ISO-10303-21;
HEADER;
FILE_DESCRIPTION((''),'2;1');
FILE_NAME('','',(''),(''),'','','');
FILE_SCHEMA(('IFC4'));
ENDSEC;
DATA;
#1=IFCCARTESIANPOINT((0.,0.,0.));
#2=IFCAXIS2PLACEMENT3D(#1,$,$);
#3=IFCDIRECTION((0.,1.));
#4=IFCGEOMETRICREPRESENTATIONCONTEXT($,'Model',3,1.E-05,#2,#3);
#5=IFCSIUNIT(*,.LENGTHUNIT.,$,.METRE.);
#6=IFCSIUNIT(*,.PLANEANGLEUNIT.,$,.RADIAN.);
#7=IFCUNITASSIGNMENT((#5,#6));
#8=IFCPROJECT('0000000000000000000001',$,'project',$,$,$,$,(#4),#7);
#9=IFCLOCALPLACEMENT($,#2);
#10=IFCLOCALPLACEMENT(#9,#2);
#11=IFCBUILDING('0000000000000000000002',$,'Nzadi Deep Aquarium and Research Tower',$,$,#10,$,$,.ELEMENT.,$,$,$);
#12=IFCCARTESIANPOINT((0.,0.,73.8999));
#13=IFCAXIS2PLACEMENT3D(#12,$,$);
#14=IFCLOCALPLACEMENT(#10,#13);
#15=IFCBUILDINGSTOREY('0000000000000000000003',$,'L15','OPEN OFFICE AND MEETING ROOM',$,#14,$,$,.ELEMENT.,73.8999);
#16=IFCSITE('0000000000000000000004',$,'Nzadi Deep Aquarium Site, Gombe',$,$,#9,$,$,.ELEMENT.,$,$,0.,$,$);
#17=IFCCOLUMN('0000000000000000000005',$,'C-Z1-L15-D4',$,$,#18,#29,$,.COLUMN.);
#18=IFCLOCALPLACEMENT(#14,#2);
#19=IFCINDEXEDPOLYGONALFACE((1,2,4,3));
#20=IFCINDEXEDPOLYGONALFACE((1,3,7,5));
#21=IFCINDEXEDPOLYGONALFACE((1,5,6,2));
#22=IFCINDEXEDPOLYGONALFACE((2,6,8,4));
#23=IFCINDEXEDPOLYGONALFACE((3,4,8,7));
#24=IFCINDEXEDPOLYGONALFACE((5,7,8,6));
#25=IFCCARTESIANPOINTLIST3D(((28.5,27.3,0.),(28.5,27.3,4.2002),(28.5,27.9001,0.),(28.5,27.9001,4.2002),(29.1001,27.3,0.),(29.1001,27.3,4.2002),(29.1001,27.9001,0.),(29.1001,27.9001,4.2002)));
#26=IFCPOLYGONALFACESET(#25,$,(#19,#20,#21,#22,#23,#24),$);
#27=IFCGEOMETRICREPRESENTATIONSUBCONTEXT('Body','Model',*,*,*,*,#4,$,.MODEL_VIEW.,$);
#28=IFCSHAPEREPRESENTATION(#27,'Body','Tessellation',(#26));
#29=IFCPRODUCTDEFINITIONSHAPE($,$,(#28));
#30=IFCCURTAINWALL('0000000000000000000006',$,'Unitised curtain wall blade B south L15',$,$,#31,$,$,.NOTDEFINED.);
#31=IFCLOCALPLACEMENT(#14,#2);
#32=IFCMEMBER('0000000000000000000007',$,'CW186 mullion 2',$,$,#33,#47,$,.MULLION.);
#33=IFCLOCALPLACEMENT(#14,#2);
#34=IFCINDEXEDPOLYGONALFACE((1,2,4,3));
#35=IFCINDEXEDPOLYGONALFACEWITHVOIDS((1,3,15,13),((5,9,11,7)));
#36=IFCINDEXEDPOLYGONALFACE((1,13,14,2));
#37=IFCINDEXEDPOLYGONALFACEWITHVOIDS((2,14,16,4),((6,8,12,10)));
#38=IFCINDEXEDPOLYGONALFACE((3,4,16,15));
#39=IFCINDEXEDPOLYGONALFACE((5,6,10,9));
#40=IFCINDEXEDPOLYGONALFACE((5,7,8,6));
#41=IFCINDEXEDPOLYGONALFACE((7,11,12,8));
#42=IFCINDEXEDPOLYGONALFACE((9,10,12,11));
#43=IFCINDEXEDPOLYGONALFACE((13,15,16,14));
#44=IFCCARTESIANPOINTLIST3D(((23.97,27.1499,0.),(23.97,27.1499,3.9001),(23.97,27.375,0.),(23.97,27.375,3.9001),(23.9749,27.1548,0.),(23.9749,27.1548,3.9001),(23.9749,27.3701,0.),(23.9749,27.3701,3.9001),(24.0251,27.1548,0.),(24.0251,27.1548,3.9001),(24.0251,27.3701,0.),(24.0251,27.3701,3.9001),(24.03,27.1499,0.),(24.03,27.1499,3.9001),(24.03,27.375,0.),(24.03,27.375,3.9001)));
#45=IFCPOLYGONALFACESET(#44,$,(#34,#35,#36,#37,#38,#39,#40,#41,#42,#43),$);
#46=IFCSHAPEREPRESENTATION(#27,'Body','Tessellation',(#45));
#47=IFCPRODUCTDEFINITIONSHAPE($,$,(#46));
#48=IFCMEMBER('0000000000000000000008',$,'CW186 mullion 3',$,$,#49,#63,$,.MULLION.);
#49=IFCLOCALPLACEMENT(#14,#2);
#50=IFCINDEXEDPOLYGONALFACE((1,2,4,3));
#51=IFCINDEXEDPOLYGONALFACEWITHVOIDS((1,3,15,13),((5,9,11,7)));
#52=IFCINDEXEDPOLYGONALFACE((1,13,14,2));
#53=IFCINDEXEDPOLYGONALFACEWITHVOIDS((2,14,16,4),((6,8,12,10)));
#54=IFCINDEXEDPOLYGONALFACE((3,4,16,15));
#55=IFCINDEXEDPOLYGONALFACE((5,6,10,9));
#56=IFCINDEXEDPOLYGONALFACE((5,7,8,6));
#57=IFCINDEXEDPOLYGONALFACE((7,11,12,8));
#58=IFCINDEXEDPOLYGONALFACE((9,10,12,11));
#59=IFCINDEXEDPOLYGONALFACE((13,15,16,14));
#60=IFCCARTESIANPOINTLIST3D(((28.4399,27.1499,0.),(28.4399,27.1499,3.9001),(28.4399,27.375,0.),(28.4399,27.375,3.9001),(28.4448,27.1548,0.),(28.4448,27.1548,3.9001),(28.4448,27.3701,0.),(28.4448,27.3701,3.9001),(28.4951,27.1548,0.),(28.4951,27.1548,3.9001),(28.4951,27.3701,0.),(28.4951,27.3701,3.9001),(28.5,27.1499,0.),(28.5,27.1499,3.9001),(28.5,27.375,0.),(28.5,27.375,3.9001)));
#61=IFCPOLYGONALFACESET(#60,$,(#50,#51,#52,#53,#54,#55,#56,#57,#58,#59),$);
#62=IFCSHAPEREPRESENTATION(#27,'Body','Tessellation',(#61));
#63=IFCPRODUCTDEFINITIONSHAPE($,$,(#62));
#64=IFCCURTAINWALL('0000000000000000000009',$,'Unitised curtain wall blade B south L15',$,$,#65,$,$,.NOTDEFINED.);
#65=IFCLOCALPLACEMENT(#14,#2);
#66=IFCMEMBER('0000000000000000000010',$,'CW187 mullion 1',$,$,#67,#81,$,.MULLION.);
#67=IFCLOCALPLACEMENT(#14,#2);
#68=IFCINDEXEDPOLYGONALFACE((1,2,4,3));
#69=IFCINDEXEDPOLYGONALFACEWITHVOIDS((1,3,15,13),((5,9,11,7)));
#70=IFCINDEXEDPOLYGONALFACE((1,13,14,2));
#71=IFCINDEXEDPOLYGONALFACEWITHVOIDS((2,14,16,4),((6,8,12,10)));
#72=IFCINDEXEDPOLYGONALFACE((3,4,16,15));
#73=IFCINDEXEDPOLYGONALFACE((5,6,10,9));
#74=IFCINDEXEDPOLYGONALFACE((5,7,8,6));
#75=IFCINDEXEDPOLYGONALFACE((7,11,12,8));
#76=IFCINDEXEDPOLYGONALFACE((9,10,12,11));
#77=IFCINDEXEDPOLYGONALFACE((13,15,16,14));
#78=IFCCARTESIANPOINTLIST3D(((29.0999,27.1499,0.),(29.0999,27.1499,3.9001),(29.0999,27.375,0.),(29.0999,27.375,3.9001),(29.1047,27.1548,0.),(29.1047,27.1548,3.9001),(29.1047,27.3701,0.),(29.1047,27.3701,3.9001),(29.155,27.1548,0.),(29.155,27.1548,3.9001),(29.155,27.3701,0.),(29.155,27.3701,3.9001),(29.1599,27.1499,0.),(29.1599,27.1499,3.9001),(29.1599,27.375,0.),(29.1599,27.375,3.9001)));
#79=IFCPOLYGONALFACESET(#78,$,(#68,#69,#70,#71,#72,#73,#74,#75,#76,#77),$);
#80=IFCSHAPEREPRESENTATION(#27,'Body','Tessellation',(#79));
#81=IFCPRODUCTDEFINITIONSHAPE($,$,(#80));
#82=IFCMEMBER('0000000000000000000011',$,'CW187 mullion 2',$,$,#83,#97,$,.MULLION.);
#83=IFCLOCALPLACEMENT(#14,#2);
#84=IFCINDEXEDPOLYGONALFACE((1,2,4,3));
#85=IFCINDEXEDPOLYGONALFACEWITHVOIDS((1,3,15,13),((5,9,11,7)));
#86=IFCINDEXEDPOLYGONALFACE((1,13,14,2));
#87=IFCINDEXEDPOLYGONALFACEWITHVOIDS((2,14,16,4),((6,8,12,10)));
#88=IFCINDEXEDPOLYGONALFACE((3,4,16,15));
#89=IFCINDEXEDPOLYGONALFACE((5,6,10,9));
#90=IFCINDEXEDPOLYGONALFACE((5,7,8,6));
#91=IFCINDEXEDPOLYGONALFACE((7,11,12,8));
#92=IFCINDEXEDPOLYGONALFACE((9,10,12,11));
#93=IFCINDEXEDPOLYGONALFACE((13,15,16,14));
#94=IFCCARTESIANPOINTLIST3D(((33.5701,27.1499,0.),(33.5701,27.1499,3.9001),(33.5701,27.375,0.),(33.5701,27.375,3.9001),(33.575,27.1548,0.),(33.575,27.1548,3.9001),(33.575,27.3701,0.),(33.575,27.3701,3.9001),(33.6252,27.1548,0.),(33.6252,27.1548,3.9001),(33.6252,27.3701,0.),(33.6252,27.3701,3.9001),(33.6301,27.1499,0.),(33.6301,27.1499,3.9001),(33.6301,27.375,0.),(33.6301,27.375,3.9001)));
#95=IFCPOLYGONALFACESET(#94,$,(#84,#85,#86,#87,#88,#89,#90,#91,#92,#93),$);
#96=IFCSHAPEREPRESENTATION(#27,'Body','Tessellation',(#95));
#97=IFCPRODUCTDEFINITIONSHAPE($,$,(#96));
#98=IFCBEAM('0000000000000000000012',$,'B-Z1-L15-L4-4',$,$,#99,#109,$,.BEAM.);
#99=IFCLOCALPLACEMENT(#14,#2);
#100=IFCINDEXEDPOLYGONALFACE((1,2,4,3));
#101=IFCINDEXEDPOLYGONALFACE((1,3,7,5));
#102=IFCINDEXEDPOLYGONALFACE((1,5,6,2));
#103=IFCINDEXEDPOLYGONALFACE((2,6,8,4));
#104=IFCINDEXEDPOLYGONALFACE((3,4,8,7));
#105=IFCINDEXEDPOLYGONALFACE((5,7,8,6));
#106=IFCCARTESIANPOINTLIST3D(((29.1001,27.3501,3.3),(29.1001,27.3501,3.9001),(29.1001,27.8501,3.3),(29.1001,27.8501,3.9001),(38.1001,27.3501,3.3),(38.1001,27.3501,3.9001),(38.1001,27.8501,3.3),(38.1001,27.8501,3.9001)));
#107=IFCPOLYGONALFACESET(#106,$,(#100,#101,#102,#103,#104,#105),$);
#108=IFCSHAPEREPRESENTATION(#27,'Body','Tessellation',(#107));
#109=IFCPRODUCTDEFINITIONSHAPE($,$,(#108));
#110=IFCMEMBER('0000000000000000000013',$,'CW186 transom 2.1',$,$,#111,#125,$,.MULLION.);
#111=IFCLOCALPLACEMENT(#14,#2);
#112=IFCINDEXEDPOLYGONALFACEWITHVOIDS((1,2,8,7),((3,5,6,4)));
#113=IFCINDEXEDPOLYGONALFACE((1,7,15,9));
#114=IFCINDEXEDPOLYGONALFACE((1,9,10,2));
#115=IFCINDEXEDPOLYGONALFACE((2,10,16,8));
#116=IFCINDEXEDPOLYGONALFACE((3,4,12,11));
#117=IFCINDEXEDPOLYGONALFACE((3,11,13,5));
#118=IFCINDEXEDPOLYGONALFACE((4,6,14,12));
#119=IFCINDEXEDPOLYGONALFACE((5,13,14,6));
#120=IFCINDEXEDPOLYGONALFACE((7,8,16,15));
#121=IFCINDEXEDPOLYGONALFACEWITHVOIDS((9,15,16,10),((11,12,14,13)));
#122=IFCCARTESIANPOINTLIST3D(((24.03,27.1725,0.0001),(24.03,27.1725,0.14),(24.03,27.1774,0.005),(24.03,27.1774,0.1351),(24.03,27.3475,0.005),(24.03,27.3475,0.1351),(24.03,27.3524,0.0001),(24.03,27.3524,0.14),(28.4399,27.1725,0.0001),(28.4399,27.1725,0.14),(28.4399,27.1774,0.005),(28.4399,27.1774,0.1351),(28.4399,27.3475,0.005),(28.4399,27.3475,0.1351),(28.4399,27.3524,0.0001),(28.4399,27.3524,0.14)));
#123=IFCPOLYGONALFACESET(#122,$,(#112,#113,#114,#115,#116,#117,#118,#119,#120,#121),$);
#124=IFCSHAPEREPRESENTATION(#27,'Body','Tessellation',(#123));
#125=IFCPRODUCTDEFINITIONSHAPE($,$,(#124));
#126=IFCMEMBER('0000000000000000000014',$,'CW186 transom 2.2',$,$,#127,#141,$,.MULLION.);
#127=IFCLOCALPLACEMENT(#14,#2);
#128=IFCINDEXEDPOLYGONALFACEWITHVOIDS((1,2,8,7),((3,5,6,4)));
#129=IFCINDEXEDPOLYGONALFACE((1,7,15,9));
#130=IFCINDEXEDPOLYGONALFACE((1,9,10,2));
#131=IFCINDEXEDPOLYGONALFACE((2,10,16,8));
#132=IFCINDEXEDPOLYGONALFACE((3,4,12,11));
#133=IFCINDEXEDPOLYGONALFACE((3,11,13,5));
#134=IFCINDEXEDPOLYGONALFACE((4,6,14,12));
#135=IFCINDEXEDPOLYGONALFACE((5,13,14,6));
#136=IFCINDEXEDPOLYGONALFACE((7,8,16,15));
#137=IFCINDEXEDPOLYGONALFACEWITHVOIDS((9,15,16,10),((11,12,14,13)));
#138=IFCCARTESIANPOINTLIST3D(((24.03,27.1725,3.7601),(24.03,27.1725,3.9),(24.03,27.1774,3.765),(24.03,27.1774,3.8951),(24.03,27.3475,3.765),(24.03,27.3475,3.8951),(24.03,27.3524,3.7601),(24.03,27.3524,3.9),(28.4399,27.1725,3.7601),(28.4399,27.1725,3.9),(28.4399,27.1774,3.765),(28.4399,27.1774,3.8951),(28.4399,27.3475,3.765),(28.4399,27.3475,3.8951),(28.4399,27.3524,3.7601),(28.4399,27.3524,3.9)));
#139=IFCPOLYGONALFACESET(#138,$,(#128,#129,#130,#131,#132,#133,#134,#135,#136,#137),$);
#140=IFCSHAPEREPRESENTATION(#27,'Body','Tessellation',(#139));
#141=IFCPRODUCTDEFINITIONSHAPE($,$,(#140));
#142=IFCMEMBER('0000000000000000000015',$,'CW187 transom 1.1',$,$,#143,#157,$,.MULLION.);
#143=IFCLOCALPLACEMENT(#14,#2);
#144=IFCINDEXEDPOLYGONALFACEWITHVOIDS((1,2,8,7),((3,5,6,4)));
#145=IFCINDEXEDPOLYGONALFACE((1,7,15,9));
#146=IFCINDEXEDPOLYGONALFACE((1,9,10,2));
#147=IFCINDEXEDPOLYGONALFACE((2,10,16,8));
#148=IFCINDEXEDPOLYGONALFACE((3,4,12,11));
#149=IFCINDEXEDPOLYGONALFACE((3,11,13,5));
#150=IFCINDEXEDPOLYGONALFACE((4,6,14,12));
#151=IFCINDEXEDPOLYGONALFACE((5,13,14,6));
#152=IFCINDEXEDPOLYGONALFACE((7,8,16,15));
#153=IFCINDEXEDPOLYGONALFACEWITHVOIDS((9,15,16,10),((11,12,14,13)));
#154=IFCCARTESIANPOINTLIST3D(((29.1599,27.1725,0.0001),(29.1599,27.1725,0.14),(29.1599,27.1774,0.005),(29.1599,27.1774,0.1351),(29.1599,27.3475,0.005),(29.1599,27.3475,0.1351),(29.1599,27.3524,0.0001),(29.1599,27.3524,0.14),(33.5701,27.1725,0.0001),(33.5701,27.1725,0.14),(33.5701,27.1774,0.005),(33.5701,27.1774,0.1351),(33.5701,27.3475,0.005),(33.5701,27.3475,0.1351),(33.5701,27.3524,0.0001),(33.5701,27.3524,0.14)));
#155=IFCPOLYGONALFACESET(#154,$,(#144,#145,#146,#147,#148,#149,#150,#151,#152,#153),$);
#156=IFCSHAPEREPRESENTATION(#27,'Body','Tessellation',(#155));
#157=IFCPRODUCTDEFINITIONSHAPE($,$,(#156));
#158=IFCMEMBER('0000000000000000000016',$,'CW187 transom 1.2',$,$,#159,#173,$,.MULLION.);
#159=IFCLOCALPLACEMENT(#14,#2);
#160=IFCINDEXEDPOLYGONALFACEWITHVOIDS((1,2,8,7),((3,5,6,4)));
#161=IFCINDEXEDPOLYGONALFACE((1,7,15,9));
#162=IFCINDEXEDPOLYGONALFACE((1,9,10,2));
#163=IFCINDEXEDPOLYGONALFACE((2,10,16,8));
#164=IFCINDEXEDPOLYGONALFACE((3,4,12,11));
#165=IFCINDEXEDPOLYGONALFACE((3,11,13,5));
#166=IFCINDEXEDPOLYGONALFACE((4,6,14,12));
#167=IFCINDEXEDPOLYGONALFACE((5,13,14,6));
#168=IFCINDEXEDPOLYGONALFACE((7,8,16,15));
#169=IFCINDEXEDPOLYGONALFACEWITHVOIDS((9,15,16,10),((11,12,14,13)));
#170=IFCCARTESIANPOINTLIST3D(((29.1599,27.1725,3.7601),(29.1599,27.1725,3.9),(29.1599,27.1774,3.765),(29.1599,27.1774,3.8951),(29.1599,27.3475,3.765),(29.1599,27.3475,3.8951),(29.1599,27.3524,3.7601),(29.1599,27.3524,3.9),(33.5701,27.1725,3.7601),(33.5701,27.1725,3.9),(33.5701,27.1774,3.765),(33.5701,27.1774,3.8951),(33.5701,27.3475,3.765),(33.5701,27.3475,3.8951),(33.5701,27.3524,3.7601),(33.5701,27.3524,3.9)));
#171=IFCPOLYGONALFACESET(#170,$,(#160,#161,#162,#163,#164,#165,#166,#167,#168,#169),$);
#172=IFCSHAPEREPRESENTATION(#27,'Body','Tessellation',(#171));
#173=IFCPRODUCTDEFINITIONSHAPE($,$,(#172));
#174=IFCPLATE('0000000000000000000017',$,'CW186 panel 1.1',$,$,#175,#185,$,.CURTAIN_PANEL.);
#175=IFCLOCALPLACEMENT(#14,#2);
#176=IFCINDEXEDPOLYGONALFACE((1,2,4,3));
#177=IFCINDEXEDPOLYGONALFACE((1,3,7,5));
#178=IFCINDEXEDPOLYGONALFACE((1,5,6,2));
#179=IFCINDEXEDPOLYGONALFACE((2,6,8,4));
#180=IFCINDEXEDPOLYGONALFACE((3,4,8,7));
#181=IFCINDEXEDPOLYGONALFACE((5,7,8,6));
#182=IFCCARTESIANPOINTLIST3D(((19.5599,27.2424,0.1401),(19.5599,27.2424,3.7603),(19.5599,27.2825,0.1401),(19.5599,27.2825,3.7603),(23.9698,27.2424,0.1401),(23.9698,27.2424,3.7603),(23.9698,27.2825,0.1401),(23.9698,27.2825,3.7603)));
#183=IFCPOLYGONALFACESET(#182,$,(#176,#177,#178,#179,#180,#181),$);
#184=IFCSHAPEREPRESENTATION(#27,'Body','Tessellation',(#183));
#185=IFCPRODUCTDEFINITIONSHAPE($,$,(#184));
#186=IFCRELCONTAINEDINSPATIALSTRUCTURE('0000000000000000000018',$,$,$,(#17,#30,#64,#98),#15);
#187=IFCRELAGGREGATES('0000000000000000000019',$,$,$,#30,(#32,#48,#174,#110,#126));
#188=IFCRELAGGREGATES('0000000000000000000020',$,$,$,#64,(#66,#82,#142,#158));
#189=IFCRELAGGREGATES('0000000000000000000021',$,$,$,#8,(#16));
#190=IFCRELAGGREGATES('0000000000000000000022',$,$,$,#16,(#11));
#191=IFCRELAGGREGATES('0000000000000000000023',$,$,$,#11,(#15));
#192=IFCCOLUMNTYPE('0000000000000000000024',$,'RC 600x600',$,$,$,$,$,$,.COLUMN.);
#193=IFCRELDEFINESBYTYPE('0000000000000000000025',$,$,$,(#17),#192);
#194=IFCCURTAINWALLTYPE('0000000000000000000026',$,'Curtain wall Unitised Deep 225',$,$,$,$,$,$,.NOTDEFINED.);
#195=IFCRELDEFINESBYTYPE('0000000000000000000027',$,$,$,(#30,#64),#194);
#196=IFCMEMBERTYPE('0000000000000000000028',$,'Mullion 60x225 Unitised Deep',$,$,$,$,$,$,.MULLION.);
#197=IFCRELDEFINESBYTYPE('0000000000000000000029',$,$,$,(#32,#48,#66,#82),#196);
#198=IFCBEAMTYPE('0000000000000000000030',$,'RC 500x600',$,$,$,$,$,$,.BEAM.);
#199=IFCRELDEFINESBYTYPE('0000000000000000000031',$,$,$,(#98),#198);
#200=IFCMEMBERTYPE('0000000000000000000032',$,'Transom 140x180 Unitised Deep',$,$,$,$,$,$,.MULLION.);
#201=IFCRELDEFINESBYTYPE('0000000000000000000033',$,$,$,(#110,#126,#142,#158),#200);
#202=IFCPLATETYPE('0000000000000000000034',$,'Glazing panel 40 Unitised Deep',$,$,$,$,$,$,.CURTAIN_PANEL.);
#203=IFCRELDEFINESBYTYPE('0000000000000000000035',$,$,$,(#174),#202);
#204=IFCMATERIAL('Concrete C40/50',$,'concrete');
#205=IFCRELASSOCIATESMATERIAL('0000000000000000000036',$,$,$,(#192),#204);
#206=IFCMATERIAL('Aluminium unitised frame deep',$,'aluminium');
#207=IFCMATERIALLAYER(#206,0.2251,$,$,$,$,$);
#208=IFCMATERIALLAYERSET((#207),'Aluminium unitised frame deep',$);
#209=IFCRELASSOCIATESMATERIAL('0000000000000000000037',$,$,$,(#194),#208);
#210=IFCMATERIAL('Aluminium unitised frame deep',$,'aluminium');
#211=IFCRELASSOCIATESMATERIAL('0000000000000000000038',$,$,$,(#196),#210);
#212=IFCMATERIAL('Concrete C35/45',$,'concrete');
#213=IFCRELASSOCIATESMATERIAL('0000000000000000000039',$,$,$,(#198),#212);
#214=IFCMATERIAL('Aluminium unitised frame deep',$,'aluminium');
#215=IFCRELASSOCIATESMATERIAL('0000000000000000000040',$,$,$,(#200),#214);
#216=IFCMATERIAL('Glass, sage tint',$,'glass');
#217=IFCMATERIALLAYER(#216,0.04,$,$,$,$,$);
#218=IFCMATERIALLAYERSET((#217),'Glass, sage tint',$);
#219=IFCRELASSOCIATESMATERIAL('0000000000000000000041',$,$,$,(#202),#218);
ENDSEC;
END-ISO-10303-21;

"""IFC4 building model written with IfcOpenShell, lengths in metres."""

from ifc_helpers import new_model, si_unit, direction, frame, origin, origin_2d, place, context, subcontext, project, spatial, rectangle, hollow_rectangle, extrude, material, layer, layer_set, material_profile, profile_set, type_object, element, aggregate, save


model = new_model("IFC4")

# Units and contexts
model_context = context("Model", 3, precision=1e-05, world=origin(), true_north=direction((0.0, 1.0)))
body_context = subcontext(model_context, "Body", "Model", "MODEL_VIEW")
ifc_project = project(units=[si_unit("LENGTHUNIT", "METRE"), si_unit("PLANEANGLEUNIT", "RADIAN")], contexts=[model_context])

# Site, building, storey
site_placement = place(None, origin())
site = spatial("IfcSite", under=ifc_project, at=site_placement, Name="Nzadi Deep Aquarium Site, Gombe", CompositionType="ELEMENT", RefElevation=0.0)
building_placement = place(site_placement, origin())
building = spatial("IfcBuilding", under=site, at=building_placement, Name="Nzadi Deep Aquarium and Research Tower", CompositionType="ELEMENT")
storey_placement = place(building_placement, frame((0.0, 0.0, 73.8999)))
storey = spatial("IfcBuildingStorey", under=building, at=storey_placement, Name="L15", Description="OPEN OFFICE AND MEETING ROOM", CompositionType="ELEMENT", Elevation=73.8999)

# Column
ifc_material_1 = material(Name="Concrete C40/50", Category="concrete")
ifc_material_profile_1 = material_profile(ifc_material_1, rectangle(XDim=0.6001, YDim=0.6001, at=origin_2d()))
ifc_profile_set_1 = profile_set([ifc_material_profile_1], Name="Concrete C40/50")
column_type = type_object("IfcColumnType", Name="RC 600x600", PredefinedType="COLUMN", material=ifc_profile_set_1)
column_placement = place(storey_placement, frame((28.8, 27.6001, 0.0), z_axis=(0.0, 0.0, 1.0), x_axis=(1.0, 0.0, 0.0)))
element("IfcColumn", 1, at=column_placement, inside=storey, type_object=column_type, Name="C-Z1-L15-D4", PredefinedType="COLUMN", context=body_context, shape_type="SweptSolid", body=[
    extrude(rectangle(XDim=0.6001, YDim=0.6001, at=origin_2d()), origin(), (0.0, 0.0, 1.0), 4.2002),
])

# Curtain walls, members
ifc_material_2 = material(Name="Aluminium unitised frame deep", Category="aluminium")
ifc_layer_1 = layer(ifc_material_2, 0.2251)
ifc_layer_set_1 = layer_set([ifc_layer_1], Name="Aluminium unitised frame deep")
curtain_wall_type = type_object("IfcCurtainWallType", Name="Curtain wall Unitised Deep 225", PredefinedType="NOTDEFINED", material=ifc_layer_set_1)
curtain_wall_1_placement = place(storey_placement, origin())
curtain_wall_1 = element("IfcCurtainWall", 2, at=curtain_wall_1_placement, inside=storey, type_object=curtain_wall_type, Name="Unitised curtain wall blade B south L15", PredefinedType="NOTDEFINED")
ifc_material_3 = material(Name="Aluminium unitised frame deep", Category="aluminium")
ifc_material_profile_2 = material_profile(ifc_material_3, hollow_rectangle(XDim=0.2251, YDim=0.0601, WallThickness=0.0049, at=origin_2d()))
ifc_profile_set_2 = profile_set([ifc_material_profile_2], Name="Aluminium unitised frame deep")
member_type_1 = type_object("IfcMemberType", Name="Mullion 60x225 Unitised Deep", PredefinedType="MULLION", material=ifc_profile_set_2)
member_1_placement = place(storey_placement, frame((24.0, 27.2625, 0.0), z_axis=(0.0, 0.0, 1.0), x_axis=(0.0, 1.0, 0.0)))
member_1 = element("IfcMember", 3, at=member_1_placement, type_object=member_type_1, Name="CW186 mullion 2", PredefinedType="MULLION", context=body_context, shape_type="SweptSolid", body=[
    extrude(hollow_rectangle(XDim=0.2251, YDim=0.0601, WallThickness=0.0049, at=origin_2d()), origin(), (0.0, 0.0, 1.0), 3.9001),
])
member_2_placement = place(storey_placement, frame((28.47, 27.2625, 0.0), z_axis=(0.0, 0.0, 1.0), x_axis=(0.0, 1.0, 0.0)))
member_2 = element("IfcMember", 4, at=member_2_placement, type_object=member_type_1, Name="CW186 mullion 3", PredefinedType="MULLION", context=body_context, shape_type="SweptSolid", body=[
    extrude(hollow_rectangle(XDim=0.2251, YDim=0.0601, WallThickness=0.0049, at=origin_2d()), origin(), (0.0, 0.0, 1.0), 3.9001),
])
curtain_wall_2_placement = place(storey_placement, origin())
curtain_wall_2 = element("IfcCurtainWall", 5, at=curtain_wall_2_placement, inside=storey, type_object=curtain_wall_type, Name="Unitised curtain wall blade B south L15", PredefinedType="NOTDEFINED")
member_3_placement = place(storey_placement, frame((29.1299, 27.2625, 0.0), z_axis=(0.0, 0.0, 1.0), x_axis=(0.0, 1.0, 0.0)))
member_3 = element("IfcMember", 6, at=member_3_placement, type_object=member_type_1, Name="CW187 mullion 1", PredefinedType="MULLION", context=body_context, shape_type="SweptSolid", body=[
    extrude(hollow_rectangle(XDim=0.2251, YDim=0.0601, WallThickness=0.0049, at=origin_2d()), origin(), (0.0, 0.0, 1.0), 3.9001),
])
member_4_placement = place(storey_placement, frame((33.6001, 27.2625, 0.0), z_axis=(0.0, 0.0, 1.0), x_axis=(0.0, 1.0, 0.0)))
member_4 = element("IfcMember", 7, at=member_4_placement, type_object=member_type_1, Name="CW187 mullion 2", PredefinedType="MULLION", context=body_context, shape_type="SweptSolid", body=[
    extrude(hollow_rectangle(XDim=0.2251, YDim=0.0601, WallThickness=0.0049, at=origin_2d()), origin(), (0.0, 0.0, 1.0), 3.9001),
])

# Beam
ifc_material_4 = material(Name="Concrete C35/45", Category="concrete")
ifc_material_profile_3 = material_profile(ifc_material_4, rectangle(XDim=0.5, YDim=0.6001, at=origin_2d()))
ifc_profile_set_3 = profile_set([ifc_material_profile_3], Name="Concrete C35/45")
beam_type = type_object("IfcBeamType", Name="RC 500x600", PredefinedType="BEAM", material=ifc_profile_set_3)
beam_placement = place(storey_placement, frame((29.1001, 27.6001, 3.6001), z_axis=(1.0, 0.0, 0.0), x_axis=(0.0, 1.0, 0.0)))
element("IfcBeam", 8, at=beam_placement, inside=storey, type_object=beam_type, Name="B-Z1-L15-L4-4", PredefinedType="BEAM", context=body_context, shape_type="SweptSolid", body=[
    extrude(rectangle(XDim=0.5, YDim=0.6001, at=origin_2d()), origin(), (0.0, 0.0, 1.0), 9.0),
])

# Members
ifc_material_5 = material(Name="Aluminium unitised frame deep", Category="aluminium")
ifc_material_profile_4 = material_profile(ifc_material_5, hollow_rectangle(XDim=0.1799, YDim=0.1399, WallThickness=0.0049, at=origin_2d()))
ifc_profile_set_4 = profile_set([ifc_material_profile_4], Name="Aluminium unitised frame deep")
member_type_2 = type_object("IfcMemberType", Name="Transom 140x180 Unitised Deep", PredefinedType="MULLION", material=ifc_profile_set_4)
member_5_placement = place(storey_placement, frame((24.03, 27.2625, 0.0701), z_axis=(1.0, 0.0, 0.0), x_axis=(0.0, 1.0, 0.0)))
member_5 = element("IfcMember", 9, at=member_5_placement, type_object=member_type_2, Name="CW186 transom 2.1", PredefinedType="MULLION", context=body_context, shape_type="SweptSolid", body=[
    extrude(hollow_rectangle(XDim=0.1799, YDim=0.1399, WallThickness=0.0049, at=origin_2d()), origin(), (0.0, 0.0, 1.0), 4.4099),
])
member_6_placement = place(storey_placement, frame((24.03, 27.2625, 3.8301), z_axis=(1.0, 0.0, 0.0), x_axis=(0.0, 1.0, 0.0)))
member_6 = element("IfcMember", 10, at=member_6_placement, type_object=member_type_2, Name="CW186 transom 2.2", PredefinedType="MULLION", context=body_context, shape_type="SweptSolid", body=[
    extrude(hollow_rectangle(XDim=0.1799, YDim=0.1399, WallThickness=0.0049, at=origin_2d()), origin(), (0.0, 0.0, 1.0), 4.4099),
])
member_7_placement = place(storey_placement, frame((29.1599, 27.2625, 0.0701), z_axis=(1.0, 0.0, 0.0), x_axis=(0.0, 1.0, 0.0)))
member_7 = element("IfcMember", 11, at=member_7_placement, type_object=member_type_2, Name="CW187 transom 1.1", PredefinedType="MULLION", context=body_context, shape_type="SweptSolid", body=[
    extrude(hollow_rectangle(XDim=0.1799, YDim=0.1399, WallThickness=0.0049, at=origin_2d()), origin(), (0.0, 0.0, 1.0), 4.4102),
])
member_8_placement = place(storey_placement, frame((29.1599, 27.2625, 3.8301), z_axis=(1.0, 0.0, 0.0), x_axis=(0.0, 1.0, 0.0)))
member_8 = element("IfcMember", 12, at=member_8_placement, type_object=member_type_2, Name="CW187 transom 1.2", PredefinedType="MULLION", context=body_context, shape_type="SweptSolid", body=[
    extrude(hollow_rectangle(XDim=0.1799, YDim=0.1399, WallThickness=0.0049, at=origin_2d()), origin(), (0.0, 0.0, 1.0), 4.4102),
])

# Plate
ifc_material_6 = material(Name="Glass, sage tint", Category="glass")
ifc_layer_2 = layer(ifc_material_6, 0.04)
ifc_layer_set_2 = layer_set([ifc_layer_2], Name="Glass, sage tint")
plate_type = type_object("IfcPlateType", Name="Glazing panel 40 Unitised Deep", PredefinedType="CURTAIN_PANEL", material=ifc_layer_set_2)
plate_1_placement = place(storey_placement, frame((21.7649, 27.2625, 0.1401), z_axis=(0.0, 0.0, 1.0), x_axis=(1.0, 0.0, 0.0)))
plate_1 = element("IfcPlate", 13, at=plate_1_placement, type_object=plate_type, Name="CW186 panel 1.1", PredefinedType="CURTAIN_PANEL", context=body_context, shape_type="SweptSolid", body=[
    extrude(rectangle(XDim=4.4099, YDim=0.04, at=origin_2d()), origin(), (0.0, 0.0, 1.0), 3.6201),
])
aggregate(curtain_wall_1, [member_1, member_2, plate_1, member_5, member_6])
aggregate(curtain_wall_2, [member_3, member_4, member_7, member_8])

save(model, "model.ifc")
